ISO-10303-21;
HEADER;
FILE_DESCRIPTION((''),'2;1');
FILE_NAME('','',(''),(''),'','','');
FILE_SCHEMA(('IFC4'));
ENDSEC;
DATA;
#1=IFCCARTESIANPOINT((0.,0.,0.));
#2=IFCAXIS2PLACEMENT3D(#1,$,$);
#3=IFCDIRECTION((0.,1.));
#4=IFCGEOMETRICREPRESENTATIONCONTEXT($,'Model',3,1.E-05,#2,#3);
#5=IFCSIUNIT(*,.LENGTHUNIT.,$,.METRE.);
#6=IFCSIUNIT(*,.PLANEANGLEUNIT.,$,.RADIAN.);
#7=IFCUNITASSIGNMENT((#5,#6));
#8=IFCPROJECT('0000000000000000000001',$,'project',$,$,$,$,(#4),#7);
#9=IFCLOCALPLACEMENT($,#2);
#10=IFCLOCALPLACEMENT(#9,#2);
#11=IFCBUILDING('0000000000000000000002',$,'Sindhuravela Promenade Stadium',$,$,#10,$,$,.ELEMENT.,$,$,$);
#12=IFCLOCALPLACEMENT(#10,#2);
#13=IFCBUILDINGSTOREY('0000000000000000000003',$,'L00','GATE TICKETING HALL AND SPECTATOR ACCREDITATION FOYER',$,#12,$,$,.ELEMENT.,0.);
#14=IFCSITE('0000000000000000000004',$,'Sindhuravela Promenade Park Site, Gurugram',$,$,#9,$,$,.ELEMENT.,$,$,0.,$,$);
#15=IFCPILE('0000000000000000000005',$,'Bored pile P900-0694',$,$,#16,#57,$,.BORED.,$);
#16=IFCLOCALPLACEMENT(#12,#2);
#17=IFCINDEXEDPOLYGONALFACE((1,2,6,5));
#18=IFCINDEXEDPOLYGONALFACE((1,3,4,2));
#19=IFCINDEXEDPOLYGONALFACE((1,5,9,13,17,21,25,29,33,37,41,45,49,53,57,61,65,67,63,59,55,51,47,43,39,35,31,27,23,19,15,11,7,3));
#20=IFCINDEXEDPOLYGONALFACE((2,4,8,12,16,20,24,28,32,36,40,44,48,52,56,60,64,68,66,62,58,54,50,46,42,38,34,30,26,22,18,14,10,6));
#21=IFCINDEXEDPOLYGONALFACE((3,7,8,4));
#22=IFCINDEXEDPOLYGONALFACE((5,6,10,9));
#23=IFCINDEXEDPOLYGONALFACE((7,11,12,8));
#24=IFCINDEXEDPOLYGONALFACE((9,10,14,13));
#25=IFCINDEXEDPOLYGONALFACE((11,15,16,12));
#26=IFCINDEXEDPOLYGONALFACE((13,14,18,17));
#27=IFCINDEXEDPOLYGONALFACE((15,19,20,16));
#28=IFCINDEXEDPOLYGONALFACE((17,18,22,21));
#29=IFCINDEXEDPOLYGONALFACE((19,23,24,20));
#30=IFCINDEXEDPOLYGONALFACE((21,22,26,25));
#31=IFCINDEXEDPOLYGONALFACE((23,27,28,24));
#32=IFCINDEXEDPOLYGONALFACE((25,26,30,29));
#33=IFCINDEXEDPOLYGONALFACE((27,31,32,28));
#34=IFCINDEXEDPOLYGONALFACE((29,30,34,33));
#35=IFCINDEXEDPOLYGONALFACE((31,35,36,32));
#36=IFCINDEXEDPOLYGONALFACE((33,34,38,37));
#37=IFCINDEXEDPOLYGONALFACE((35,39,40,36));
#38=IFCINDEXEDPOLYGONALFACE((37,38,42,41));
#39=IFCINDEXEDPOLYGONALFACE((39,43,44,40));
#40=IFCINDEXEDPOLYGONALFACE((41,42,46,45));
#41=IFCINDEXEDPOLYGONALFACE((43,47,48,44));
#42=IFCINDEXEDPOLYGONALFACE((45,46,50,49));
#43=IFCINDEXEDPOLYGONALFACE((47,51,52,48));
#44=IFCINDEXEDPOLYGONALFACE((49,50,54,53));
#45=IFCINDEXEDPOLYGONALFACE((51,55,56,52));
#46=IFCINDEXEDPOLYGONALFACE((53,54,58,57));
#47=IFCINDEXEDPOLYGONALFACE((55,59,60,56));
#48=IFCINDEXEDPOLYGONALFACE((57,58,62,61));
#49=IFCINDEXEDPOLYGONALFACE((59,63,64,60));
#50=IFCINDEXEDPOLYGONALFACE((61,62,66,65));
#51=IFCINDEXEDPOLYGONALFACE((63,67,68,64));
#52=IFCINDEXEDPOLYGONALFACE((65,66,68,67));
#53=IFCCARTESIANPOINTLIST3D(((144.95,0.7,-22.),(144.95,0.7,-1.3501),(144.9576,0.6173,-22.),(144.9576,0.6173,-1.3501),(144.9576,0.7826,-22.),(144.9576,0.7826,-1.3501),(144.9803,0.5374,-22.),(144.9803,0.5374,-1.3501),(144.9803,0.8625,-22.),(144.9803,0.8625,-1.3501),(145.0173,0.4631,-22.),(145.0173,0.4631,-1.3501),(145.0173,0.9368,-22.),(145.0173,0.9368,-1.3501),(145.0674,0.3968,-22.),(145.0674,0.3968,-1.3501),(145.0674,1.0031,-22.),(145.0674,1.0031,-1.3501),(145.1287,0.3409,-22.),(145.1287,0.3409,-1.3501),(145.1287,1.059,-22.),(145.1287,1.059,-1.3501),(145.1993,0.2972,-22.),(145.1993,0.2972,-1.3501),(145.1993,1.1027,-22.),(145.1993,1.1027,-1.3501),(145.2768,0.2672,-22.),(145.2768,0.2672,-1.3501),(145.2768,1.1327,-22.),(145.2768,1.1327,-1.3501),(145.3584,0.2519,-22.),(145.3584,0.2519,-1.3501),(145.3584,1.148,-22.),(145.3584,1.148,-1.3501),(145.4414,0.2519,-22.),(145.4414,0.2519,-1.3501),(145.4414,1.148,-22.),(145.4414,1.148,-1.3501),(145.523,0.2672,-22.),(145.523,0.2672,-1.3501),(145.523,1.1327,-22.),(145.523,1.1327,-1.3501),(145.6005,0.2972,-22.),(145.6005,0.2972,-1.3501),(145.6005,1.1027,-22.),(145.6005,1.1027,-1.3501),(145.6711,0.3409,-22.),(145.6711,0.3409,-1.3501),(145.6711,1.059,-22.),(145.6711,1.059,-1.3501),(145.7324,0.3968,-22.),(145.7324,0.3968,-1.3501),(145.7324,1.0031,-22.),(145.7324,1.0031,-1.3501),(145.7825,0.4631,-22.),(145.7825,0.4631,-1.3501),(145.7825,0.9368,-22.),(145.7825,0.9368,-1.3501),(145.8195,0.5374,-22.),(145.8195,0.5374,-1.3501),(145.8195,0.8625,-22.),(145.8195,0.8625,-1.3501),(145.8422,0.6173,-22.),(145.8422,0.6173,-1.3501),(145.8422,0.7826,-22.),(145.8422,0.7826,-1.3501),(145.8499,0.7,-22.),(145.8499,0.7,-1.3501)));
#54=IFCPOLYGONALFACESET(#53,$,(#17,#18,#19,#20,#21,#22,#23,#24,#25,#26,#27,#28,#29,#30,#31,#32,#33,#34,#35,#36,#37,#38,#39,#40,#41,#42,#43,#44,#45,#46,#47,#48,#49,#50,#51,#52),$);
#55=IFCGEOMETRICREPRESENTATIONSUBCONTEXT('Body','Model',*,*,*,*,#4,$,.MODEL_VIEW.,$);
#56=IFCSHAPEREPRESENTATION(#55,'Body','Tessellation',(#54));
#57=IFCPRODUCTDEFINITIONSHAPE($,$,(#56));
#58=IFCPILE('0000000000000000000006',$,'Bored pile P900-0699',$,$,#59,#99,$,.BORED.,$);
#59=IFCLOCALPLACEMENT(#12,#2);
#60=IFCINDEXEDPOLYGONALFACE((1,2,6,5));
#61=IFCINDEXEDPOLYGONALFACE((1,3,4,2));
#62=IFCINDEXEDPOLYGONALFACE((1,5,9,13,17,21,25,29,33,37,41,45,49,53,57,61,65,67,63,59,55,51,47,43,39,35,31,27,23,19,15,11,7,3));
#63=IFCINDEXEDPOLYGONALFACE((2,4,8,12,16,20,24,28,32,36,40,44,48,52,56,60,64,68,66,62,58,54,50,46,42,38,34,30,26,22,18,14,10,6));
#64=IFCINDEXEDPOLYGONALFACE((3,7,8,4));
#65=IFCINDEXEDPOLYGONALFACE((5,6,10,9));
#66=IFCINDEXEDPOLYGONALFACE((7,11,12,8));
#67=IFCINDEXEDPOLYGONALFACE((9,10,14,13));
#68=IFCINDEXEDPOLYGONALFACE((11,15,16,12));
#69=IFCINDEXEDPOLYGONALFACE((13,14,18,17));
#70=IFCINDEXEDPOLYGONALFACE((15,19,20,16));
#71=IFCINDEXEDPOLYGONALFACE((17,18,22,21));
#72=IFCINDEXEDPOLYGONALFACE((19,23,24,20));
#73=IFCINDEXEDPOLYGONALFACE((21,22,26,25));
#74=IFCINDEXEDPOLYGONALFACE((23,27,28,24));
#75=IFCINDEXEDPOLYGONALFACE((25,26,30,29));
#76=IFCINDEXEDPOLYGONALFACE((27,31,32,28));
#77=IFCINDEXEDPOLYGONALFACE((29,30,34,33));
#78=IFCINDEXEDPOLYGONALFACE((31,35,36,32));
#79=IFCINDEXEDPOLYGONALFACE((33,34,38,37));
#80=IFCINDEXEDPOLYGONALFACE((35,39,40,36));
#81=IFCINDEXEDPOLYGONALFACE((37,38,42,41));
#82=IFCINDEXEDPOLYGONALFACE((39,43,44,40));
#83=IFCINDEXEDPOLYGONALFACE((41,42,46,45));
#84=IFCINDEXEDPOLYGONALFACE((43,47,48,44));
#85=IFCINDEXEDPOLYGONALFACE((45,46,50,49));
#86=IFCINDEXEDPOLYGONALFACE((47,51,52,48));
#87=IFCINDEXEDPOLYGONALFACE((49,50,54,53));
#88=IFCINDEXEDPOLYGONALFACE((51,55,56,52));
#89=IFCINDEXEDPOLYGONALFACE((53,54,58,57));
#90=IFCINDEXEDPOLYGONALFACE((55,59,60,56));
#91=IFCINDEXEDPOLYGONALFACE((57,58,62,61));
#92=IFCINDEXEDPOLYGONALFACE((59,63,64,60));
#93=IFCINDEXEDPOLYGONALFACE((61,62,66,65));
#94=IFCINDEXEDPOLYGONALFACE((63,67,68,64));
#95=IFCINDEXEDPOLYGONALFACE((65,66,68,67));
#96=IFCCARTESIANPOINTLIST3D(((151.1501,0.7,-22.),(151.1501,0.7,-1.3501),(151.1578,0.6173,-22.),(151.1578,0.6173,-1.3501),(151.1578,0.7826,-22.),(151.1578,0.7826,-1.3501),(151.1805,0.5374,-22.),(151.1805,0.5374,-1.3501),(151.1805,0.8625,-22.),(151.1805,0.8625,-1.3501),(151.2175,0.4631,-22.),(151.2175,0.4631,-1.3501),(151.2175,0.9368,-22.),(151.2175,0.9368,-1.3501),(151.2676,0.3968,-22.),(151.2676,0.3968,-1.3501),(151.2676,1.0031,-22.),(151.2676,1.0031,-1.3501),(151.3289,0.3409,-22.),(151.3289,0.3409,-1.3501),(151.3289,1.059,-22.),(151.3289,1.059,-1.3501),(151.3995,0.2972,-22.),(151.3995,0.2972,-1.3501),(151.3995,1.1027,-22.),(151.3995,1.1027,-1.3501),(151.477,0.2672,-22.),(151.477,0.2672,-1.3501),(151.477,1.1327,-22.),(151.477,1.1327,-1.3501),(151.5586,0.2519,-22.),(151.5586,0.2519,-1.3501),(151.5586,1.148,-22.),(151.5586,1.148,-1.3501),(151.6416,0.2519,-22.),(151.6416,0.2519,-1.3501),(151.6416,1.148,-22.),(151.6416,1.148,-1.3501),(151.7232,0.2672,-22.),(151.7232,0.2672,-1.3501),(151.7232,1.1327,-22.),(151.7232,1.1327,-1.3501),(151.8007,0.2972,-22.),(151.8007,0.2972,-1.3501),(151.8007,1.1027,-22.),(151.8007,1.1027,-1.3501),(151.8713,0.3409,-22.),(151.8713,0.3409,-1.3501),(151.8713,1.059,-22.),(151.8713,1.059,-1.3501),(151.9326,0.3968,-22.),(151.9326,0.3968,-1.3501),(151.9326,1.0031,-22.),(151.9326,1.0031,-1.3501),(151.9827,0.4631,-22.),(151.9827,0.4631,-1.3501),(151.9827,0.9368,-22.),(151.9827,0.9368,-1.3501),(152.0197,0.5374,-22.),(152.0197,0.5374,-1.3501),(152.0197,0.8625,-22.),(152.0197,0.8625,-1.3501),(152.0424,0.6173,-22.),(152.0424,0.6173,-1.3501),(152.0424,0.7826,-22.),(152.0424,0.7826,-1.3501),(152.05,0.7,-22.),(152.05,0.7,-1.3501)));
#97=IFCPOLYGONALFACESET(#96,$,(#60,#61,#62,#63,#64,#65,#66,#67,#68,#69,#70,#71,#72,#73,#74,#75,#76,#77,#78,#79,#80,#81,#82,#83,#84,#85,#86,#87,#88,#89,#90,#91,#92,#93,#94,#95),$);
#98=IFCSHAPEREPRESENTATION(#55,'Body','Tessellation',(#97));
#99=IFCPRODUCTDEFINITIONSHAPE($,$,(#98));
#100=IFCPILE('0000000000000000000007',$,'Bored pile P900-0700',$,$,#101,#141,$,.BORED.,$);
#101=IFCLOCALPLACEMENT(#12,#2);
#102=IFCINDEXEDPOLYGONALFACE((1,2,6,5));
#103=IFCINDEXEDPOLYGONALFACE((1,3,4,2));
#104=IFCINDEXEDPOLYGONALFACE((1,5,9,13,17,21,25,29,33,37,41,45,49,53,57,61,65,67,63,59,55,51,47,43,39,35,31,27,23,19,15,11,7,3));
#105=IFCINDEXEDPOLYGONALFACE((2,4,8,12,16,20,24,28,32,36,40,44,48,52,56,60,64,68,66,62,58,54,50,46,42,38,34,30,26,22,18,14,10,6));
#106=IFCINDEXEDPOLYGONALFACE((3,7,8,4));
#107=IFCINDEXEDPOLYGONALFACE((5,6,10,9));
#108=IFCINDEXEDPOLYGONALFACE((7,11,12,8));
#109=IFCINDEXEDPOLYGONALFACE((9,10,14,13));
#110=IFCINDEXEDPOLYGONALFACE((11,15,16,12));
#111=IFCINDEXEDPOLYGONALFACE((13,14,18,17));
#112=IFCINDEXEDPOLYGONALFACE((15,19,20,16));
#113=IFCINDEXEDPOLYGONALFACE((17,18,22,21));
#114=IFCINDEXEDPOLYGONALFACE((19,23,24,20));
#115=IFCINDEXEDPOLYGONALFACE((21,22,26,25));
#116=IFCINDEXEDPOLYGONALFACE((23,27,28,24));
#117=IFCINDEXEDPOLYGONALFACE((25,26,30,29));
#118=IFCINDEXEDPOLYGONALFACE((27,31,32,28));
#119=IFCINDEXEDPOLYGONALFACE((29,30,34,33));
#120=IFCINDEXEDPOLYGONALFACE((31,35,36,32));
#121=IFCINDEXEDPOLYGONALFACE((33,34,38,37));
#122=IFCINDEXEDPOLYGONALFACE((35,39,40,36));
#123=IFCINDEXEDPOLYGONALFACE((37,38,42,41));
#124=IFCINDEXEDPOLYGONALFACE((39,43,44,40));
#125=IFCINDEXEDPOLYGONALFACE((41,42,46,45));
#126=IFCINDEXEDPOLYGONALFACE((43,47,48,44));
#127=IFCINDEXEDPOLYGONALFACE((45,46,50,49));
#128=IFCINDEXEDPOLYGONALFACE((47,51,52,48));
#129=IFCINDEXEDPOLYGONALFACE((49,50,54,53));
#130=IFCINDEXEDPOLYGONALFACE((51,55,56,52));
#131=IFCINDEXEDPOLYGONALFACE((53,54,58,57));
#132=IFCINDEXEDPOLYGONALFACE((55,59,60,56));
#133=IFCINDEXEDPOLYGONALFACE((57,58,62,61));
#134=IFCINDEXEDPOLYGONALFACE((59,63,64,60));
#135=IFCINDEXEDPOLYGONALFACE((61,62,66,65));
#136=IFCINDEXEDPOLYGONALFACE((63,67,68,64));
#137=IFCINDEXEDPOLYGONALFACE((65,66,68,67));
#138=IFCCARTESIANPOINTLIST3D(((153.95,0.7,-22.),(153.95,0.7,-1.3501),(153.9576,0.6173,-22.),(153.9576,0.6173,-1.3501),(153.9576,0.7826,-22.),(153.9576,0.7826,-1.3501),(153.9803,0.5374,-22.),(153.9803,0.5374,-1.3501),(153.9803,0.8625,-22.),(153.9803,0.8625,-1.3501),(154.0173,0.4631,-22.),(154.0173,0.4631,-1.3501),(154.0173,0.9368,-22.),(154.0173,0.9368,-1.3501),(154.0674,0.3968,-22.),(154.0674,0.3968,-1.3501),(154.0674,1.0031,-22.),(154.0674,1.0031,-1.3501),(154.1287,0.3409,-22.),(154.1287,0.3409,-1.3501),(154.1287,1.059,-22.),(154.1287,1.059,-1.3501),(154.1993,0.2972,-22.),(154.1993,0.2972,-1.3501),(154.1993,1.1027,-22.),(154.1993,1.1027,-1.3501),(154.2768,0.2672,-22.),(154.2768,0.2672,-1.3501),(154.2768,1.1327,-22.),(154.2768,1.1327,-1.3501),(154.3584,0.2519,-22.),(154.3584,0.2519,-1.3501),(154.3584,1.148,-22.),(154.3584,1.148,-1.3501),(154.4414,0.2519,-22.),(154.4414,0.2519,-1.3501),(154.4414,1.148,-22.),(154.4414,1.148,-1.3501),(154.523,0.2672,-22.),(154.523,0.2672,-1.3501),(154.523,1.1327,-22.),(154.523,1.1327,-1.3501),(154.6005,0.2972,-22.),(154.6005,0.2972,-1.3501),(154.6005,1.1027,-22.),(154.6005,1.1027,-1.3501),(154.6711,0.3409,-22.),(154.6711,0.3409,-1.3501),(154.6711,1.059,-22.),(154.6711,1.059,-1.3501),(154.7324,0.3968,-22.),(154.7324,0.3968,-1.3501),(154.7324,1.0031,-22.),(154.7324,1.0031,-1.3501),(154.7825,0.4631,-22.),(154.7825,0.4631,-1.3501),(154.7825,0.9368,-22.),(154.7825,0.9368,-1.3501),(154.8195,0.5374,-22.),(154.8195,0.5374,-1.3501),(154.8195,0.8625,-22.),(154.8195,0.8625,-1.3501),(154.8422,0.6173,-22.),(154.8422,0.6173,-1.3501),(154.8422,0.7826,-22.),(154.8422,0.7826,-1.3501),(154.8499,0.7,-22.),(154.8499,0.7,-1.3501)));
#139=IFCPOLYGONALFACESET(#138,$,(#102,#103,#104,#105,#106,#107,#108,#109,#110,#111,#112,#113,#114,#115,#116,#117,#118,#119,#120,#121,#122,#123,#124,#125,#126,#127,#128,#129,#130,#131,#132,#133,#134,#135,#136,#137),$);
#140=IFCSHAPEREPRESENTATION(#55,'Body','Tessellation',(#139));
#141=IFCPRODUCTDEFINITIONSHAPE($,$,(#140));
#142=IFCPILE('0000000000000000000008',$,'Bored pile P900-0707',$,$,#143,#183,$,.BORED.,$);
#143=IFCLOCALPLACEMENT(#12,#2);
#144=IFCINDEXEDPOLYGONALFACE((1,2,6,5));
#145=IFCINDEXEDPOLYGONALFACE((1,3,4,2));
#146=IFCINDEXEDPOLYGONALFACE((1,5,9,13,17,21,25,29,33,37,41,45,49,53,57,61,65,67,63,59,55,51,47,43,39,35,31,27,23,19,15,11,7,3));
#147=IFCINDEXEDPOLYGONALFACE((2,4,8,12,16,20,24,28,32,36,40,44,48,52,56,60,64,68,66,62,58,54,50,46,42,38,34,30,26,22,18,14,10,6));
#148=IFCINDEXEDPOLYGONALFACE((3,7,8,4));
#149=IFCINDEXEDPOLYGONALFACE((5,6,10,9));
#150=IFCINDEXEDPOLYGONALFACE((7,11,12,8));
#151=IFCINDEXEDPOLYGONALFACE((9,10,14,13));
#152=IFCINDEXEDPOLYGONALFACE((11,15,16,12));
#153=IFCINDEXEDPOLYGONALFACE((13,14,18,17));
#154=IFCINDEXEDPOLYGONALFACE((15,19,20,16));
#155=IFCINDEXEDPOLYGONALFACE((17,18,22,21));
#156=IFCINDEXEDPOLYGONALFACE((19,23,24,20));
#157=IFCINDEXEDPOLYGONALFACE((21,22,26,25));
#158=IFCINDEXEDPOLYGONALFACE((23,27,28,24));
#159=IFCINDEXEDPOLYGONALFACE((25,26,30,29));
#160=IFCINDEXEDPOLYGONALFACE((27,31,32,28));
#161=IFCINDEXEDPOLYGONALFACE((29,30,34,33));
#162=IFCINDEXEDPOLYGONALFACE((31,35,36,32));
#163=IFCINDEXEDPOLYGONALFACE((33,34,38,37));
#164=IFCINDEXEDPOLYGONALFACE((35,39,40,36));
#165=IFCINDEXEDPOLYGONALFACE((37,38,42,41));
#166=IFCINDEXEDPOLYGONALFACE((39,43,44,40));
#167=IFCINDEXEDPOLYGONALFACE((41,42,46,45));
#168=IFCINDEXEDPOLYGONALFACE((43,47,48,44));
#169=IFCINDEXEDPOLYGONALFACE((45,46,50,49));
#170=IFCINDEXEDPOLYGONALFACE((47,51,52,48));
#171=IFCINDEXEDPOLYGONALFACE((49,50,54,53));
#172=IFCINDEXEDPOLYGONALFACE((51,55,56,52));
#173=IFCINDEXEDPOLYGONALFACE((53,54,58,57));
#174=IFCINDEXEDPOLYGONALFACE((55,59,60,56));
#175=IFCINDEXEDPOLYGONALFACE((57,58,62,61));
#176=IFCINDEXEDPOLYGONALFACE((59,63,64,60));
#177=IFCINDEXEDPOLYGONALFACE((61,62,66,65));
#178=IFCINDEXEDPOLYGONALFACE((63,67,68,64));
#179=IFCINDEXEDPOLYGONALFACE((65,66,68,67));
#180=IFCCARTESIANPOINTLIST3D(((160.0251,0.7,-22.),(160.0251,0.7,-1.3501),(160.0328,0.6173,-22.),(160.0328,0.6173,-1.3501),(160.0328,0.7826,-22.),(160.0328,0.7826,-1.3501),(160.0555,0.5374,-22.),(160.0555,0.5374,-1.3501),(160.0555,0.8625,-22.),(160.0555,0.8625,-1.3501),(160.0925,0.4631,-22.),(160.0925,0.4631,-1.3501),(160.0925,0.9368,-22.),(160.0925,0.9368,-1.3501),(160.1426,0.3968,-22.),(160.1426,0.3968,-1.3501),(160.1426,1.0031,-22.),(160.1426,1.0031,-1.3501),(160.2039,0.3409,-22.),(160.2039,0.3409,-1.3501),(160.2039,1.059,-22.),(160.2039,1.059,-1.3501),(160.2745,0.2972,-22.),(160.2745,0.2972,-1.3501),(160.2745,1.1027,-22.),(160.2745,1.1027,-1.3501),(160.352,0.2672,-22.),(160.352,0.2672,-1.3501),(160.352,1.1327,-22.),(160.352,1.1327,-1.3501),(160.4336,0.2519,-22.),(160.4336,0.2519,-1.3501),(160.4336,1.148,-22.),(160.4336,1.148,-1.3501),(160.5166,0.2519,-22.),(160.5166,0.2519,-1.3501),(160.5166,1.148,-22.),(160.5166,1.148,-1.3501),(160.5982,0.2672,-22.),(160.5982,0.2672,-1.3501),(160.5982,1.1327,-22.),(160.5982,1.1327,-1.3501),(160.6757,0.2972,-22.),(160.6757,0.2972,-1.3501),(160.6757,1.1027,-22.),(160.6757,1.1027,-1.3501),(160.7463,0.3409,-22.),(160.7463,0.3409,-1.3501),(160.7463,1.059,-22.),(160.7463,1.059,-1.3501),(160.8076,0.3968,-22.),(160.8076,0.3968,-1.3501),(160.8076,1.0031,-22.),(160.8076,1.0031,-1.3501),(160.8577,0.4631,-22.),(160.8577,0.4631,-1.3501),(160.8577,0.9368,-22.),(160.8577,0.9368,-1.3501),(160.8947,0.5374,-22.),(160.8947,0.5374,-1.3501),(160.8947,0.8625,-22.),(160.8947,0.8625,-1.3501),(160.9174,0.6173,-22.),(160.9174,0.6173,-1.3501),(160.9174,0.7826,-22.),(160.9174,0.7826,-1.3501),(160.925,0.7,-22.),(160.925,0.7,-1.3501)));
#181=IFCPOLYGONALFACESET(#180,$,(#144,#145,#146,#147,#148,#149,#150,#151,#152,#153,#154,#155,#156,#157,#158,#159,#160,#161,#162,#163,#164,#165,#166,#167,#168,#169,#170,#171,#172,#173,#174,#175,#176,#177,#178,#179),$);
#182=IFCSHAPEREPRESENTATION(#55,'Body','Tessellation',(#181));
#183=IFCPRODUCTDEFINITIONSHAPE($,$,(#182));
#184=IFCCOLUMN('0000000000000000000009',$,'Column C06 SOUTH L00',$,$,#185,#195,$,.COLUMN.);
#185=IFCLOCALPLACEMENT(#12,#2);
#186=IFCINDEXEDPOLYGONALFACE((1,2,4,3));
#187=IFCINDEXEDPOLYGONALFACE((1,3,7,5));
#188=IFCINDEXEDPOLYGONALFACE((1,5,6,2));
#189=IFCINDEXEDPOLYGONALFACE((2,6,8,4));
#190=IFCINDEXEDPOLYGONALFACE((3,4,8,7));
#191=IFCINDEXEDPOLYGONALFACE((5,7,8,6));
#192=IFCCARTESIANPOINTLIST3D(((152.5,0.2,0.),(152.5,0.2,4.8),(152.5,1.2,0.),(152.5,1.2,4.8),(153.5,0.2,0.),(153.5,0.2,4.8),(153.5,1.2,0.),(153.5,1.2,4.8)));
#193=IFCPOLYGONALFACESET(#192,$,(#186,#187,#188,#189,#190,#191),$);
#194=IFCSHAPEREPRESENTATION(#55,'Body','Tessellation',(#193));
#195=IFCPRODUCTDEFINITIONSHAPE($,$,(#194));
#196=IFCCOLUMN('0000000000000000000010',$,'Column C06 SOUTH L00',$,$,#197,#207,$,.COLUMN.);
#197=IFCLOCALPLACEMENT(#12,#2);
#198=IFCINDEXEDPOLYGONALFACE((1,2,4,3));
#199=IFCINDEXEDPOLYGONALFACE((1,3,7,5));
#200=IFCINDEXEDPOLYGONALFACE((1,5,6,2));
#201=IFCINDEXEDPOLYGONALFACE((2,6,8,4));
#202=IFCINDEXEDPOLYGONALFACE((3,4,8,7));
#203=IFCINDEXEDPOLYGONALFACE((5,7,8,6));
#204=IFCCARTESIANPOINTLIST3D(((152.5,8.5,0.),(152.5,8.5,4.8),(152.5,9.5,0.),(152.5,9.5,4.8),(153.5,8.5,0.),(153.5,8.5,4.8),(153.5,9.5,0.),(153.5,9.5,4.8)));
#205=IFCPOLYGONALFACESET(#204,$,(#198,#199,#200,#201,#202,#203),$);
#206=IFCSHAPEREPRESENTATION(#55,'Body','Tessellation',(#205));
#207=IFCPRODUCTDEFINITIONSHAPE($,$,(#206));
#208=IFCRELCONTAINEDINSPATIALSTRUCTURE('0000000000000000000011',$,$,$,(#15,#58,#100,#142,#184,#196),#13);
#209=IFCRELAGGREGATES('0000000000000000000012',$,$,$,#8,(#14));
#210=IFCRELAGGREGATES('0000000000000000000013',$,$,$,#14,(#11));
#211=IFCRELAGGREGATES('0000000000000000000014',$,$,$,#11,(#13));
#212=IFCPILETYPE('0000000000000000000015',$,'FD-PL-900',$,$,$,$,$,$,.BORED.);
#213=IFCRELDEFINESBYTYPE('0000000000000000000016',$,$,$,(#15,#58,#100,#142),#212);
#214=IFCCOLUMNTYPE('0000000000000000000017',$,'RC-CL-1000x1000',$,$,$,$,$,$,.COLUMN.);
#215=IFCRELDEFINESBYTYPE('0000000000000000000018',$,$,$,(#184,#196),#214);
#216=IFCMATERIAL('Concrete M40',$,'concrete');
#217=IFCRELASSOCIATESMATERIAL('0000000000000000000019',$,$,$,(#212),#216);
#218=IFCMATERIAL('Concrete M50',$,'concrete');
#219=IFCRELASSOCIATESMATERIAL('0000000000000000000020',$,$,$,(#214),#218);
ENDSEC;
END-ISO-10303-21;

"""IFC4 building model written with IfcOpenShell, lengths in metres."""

from ifc_helpers import new_model, si_unit, direction, frame, origin, origin_2d, place, context, subcontext, project, spatial, rectangle, circle, extrude, material, material_profile, profile_set, type_object, element, save


model = new_model("IFC4")

# Units and contexts
model_context = context("Model", 3, precision=1e-05, world=origin(), true_north=direction((0.0, 1.0)))
body_context = subcontext(model_context, "Body", "Model", "MODEL_VIEW")
ifc_project = project(units=[si_unit("LENGTHUNIT", "METRE"), si_unit("PLANEANGLEUNIT", "RADIAN")], contexts=[model_context])

# Site, building, storey
site_placement = place(None, origin())
site = spatial("IfcSite", under=ifc_project, at=site_placement, Name="Sindhuravela Promenade Park Site, Gurugram", CompositionType="ELEMENT", RefElevation=0.0)
building_placement = place(site_placement, origin())
building = spatial("IfcBuilding", under=site, at=building_placement, Name="Sindhuravela Promenade Stadium", CompositionType="ELEMENT")
storey_placement = place(building_placement, origin())
storey = spatial("IfcBuildingStorey", under=building, at=storey_placement, Name="L00", Description="GATE TICKETING HALL AND SPECTATOR ACCREDITATION FOYER", CompositionType="ELEMENT", Elevation=0.0)

# Shared definitions
ifc_material_1 = material(Name="Concrete M50", Category="concrete")

# Piles
ifc_material_2 = material(Name="Concrete M40", Category="concrete")
ifc_material_profile_1 = material_profile(ifc_material_2, circle(Radius=0.45, at=origin_2d()), Name="BORED PILE D900")
ifc_profile_set_1 = profile_set([ifc_material_profile_1], Name="Concrete M40")
pile_type_1 = type_object("IfcPileType", Name="FD-PL-900", PredefinedType="BORED", material=ifc_profile_set_1)
for number, where, z_axis, x_axis, name in (
    (1, (145.3999, 0.7, -1.3501), (0.0, 0.0, -1.0), (1.0, 0.0, 0.0), "Bored pile P900-0694"),
    (2, (151.6001, 0.7, -1.3501), (0.0, 0.0, -1.0), (1.0, 0.0, 0.0), "Bored pile P900-0699"),
    (3, (154.3999, 0.7, -1.3501), (0.0, 0.0, -1.0), (1.0, 0.0, 0.0), "Bored pile P900-0700"),
    (4, (160.4751, 0.7, -1.3501), (0.0, 0.0, -1.0), (1.0, 0.0, 0.0), "Bored pile P900-0707"),
):
    element("IfcPile", number, at=place(storey_placement, frame(where, z_axis=z_axis, x_axis=x_axis)), inside=storey, type_object=pile_type_1, Name=name, PredefinedType="BORED", context=body_context, shape_type="SweptSolid", body=[
        extrude(circle(Radius=0.45, at=origin_2d()), origin(), (0.0, 0.0, 1.0), 20.6499),
    ])

# Columns
ifc_material_profile_2 = material_profile(ifc_material_1, rectangle(XDim=1.0, YDim=1.0, at=origin_2d()), Name="RC 1000x1000")
ifc_profile_set_2 = profile_set([ifc_material_profile_2], Name="Concrete M50")
column_type = type_object("IfcColumnType", Name="RC-CL-1000x1000", PredefinedType="COLUMN", material=ifc_profile_set_2)
for number, where, z_axis, x_axis, name in (
    (5, (153.0, 0.7, 0.0), (0.0, 0.0, 1.0), (1.0, 0.0, 0.0), "Column C06 SOUTH L00"),
    (6, (153.0, 9.0, 0.0), (0.0, 0.0, 1.0), (1.0, 0.0, 0.0), "Column C06 SOUTH L00"),
):
    element("IfcColumn", number, at=place(storey_placement, frame(where, z_axis=z_axis, x_axis=x_axis)), inside=storey, type_object=column_type, Name=name, PredefinedType="COLUMN", context=body_context, shape_type="SweptSolid", body=[
        extrude(rectangle(XDim=1.0, YDim=1.0, at=origin_2d()), origin(), (0.0, 0.0, 1.0), 4.8),
    ])

save(model, "model.ifc")
